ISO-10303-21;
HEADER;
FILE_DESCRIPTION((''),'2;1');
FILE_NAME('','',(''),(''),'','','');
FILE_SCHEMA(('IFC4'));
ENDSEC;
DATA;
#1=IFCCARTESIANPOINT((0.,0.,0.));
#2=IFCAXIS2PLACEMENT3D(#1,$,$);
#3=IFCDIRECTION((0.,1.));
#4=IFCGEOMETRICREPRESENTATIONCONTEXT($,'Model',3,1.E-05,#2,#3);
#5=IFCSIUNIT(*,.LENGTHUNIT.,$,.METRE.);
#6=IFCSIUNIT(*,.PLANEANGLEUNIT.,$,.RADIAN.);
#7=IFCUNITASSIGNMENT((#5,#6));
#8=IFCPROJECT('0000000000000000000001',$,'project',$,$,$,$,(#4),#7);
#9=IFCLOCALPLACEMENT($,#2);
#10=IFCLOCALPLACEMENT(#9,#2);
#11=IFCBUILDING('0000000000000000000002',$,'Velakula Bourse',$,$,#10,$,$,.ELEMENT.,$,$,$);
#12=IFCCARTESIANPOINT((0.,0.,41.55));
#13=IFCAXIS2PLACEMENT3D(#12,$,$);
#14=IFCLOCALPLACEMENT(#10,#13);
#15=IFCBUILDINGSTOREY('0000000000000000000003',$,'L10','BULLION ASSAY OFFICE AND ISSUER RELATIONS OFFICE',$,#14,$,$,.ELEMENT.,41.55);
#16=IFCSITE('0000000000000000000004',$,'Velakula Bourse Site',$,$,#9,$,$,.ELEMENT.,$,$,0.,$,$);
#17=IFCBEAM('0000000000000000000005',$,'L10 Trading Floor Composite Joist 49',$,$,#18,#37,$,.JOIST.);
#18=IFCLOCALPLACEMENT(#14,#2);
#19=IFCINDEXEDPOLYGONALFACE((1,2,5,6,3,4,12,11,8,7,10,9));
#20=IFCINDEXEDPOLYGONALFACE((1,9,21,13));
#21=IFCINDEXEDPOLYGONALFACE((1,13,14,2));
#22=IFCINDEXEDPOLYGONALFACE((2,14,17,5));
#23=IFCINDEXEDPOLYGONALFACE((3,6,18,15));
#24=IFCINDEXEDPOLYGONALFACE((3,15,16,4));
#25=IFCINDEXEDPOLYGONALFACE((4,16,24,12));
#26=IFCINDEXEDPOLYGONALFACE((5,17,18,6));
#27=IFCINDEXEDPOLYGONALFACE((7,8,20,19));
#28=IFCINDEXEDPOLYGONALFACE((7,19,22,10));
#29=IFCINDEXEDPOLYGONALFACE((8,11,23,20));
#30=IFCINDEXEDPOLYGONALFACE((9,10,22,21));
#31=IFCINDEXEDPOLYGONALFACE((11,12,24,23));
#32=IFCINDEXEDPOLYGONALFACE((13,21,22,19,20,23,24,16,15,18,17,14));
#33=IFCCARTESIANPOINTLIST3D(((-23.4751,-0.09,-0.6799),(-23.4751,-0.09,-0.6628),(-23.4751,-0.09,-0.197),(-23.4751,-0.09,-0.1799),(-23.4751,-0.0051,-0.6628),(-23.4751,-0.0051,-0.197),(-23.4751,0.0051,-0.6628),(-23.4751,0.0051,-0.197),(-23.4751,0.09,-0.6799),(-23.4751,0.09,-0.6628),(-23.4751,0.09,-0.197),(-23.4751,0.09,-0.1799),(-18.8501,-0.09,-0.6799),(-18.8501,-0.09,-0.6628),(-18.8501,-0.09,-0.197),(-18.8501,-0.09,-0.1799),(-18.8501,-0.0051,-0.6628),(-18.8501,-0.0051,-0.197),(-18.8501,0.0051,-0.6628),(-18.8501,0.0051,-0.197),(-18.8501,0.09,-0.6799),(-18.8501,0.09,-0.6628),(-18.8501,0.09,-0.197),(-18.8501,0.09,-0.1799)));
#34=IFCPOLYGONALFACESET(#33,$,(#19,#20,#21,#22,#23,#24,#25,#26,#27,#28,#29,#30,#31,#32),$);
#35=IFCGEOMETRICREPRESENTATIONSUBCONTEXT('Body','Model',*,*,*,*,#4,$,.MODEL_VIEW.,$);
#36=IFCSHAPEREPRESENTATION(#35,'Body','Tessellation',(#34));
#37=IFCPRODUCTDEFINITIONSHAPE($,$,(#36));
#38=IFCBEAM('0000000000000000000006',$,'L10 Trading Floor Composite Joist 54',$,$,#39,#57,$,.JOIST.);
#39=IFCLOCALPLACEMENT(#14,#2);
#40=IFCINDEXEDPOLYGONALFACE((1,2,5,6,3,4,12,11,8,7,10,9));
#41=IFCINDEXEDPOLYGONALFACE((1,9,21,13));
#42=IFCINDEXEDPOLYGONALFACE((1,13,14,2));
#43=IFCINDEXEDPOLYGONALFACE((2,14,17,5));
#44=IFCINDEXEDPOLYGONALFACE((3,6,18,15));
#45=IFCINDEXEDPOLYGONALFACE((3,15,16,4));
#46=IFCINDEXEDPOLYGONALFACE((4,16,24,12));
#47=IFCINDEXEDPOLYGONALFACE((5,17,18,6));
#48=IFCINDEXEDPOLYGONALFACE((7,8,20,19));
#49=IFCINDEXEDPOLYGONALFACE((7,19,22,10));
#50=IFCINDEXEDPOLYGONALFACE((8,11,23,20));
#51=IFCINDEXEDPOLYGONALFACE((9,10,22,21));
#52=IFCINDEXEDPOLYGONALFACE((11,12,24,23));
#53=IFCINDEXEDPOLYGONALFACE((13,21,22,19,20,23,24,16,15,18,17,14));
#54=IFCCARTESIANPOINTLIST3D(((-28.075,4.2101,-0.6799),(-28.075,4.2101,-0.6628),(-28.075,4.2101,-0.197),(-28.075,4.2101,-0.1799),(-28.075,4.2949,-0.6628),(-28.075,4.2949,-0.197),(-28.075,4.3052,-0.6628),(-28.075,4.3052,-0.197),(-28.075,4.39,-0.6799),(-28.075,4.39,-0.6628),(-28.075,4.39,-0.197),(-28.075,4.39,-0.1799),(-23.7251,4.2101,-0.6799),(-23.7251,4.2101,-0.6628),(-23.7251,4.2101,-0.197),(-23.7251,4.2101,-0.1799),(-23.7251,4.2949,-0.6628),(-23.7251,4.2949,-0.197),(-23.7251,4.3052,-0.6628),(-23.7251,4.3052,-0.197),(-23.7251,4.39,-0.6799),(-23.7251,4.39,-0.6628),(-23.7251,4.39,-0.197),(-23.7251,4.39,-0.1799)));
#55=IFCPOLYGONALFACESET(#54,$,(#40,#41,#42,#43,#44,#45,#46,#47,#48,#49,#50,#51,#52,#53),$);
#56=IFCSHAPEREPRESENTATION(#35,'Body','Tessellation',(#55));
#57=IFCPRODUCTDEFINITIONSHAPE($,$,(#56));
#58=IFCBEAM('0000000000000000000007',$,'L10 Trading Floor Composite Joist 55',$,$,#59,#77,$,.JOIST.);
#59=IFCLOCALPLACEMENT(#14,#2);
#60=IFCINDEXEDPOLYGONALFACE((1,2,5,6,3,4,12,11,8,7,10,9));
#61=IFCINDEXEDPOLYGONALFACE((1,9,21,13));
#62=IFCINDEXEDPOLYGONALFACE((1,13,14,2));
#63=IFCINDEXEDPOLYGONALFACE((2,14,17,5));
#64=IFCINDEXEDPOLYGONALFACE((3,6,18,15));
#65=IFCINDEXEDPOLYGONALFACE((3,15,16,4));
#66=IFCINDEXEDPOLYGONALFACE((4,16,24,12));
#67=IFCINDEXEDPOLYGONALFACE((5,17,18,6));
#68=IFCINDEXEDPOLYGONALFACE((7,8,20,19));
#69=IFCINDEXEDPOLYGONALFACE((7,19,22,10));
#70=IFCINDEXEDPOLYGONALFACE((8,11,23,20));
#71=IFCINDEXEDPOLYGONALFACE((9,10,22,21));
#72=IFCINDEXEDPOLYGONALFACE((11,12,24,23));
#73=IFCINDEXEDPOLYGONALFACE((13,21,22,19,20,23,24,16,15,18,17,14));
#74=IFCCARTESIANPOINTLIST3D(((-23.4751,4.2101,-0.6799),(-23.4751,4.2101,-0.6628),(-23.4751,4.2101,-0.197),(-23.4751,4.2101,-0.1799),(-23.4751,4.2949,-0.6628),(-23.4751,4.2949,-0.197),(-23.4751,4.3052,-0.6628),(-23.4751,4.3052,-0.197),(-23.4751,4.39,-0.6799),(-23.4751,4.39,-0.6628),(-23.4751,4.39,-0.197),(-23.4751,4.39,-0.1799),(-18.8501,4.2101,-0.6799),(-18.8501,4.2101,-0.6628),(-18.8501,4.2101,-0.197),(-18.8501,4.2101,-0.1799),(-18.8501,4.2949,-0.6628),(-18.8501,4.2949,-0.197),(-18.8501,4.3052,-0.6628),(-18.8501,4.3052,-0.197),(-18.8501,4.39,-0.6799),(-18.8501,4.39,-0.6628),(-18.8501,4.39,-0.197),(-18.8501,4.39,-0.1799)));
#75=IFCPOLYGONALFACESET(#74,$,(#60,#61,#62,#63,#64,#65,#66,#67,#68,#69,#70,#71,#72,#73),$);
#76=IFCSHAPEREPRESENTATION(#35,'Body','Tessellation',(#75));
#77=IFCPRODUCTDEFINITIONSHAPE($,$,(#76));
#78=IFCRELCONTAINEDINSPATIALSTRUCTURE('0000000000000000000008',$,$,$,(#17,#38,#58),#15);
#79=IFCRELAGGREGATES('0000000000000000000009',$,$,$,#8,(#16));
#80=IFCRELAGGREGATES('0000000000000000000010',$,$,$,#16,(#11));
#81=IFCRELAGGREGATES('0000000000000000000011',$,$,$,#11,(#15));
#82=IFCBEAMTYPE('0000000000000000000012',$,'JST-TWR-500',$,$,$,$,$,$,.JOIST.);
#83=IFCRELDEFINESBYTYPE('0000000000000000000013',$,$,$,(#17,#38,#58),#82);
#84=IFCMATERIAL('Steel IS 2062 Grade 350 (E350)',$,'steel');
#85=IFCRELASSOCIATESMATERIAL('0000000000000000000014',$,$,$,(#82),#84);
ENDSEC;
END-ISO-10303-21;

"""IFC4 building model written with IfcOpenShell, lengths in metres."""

from ifc_helpers import new_model, si_unit, direction, frame, origin, origin_2d, place, context, subcontext, project, spatial, i_section, extrude, material, material_profile, profile_set, type_object, element, save


model = new_model("IFC4")

# Units and contexts
model_context = context("Model", 3, precision=1e-05, world=origin(), true_north=direction((0.0, 1.0)))
body_context = subcontext(model_context, "Body", "Model", "MODEL_VIEW")
ifc_project = project(units=[si_unit("LENGTHUNIT", "METRE"), si_unit("PLANEANGLEUNIT", "RADIAN")], contexts=[model_context])

# Site, building, storey
site_placement = place(None, origin())
site = spatial("IfcSite", under=ifc_project, at=site_placement, Name="Velakula Bourse Site", CompositionType="ELEMENT", RefElevation=0.0)
building_placement = place(site_placement, origin())
building = spatial("IfcBuilding", under=site, at=building_placement, Name="Velakula Bourse", CompositionType="ELEMENT")
storey_placement = place(building_placement, frame((0.0, 0.0, 41.55)))
storey = spatial("IfcBuildingStorey", under=building, at=storey_placement, Name="L10", Description="BULLION ASSAY OFFICE AND ISSUER RELATIONS OFFICE", CompositionType="ELEMENT", Elevation=41.55)

# Beams
ifc_material_1 = material(Name="Steel IS 2062 Grade 350 (E350)", Category="steel")
ifc_material_profile_1 = material_profile(ifc_material_1, i_section(OverallWidth=0.1799, OverallDepth=0.5, WebThickness=0.0103, FlangeThickness=0.0171, at=origin_2d()), Name="Steel IS 2062 Grade 350 (E350)")
ifc_profile_set_1 = profile_set([ifc_material_profile_1], Name="Steel IS 2062 Grade 350 (E350)")
beam_type_1 = type_object("IfcBeamType", Name="JST-TWR-500", PredefinedType="JOIST", material=ifc_profile_set_1)
beam_1_placement = place(storey_placement, frame((-23.4751, 0.0, -0.4299), z_axis=(1.0, 0.0, 0.0), x_axis=(0.0, 1.0, 0.0)))
element("IfcBeam", 1, at=beam_1_placement, inside=storey, type_object=beam_type_1, Name="L10 Trading Floor Composite Joist 49", PredefinedType="JOIST", context=body_context, shape_type="SweptSolid", body=[
    extrude(i_section(OverallWidth=0.1799, OverallDepth=0.5, WebThickness=0.0103, FlangeThickness=0.0171, at=origin_2d()), origin(), (0.0, 0.0, 1.0), 4.625),
])
beam_2_placement = place(storey_placement, frame((-28.075, 4.3, -0.4299), z_axis=(1.0, 0.0, 0.0), x_axis=(0.0, 1.0, 0.0)))
element("IfcBeam", 2, at=beam_2_placement, inside=storey, type_object=beam_type_1, Name="L10 Trading Floor Composite Joist 54", PredefinedType="JOIST", context=body_context, shape_type="SweptSolid", body=[
    extrude(i_section(OverallWidth=0.1799, OverallDepth=0.5, WebThickness=0.0103, FlangeThickness=0.0171, at=origin_2d()), origin(), (0.0, 0.0, 1.0), 4.3499),
])
beam_3_placement = place(storey_placement, frame((-23.4751, 4.3, -0.4299), z_axis=(1.0, 0.0, 0.0), x_axis=(0.0, 1.0, 0.0)))
element("IfcBeam", 3, at=beam_3_placement, inside=storey, type_object=beam_type_1, Name="L10 Trading Floor Composite Joist 55", PredefinedType="JOIST", context=body_context, shape_type="SweptSolid", body=[
    extrude(i_section(OverallWidth=0.1799, OverallDepth=0.5, WebThickness=0.0103, FlangeThickness=0.0171, at=origin_2d()), origin(), (0.0, 0.0, 1.0), 4.625),
])

save(model, "model.ifc")
